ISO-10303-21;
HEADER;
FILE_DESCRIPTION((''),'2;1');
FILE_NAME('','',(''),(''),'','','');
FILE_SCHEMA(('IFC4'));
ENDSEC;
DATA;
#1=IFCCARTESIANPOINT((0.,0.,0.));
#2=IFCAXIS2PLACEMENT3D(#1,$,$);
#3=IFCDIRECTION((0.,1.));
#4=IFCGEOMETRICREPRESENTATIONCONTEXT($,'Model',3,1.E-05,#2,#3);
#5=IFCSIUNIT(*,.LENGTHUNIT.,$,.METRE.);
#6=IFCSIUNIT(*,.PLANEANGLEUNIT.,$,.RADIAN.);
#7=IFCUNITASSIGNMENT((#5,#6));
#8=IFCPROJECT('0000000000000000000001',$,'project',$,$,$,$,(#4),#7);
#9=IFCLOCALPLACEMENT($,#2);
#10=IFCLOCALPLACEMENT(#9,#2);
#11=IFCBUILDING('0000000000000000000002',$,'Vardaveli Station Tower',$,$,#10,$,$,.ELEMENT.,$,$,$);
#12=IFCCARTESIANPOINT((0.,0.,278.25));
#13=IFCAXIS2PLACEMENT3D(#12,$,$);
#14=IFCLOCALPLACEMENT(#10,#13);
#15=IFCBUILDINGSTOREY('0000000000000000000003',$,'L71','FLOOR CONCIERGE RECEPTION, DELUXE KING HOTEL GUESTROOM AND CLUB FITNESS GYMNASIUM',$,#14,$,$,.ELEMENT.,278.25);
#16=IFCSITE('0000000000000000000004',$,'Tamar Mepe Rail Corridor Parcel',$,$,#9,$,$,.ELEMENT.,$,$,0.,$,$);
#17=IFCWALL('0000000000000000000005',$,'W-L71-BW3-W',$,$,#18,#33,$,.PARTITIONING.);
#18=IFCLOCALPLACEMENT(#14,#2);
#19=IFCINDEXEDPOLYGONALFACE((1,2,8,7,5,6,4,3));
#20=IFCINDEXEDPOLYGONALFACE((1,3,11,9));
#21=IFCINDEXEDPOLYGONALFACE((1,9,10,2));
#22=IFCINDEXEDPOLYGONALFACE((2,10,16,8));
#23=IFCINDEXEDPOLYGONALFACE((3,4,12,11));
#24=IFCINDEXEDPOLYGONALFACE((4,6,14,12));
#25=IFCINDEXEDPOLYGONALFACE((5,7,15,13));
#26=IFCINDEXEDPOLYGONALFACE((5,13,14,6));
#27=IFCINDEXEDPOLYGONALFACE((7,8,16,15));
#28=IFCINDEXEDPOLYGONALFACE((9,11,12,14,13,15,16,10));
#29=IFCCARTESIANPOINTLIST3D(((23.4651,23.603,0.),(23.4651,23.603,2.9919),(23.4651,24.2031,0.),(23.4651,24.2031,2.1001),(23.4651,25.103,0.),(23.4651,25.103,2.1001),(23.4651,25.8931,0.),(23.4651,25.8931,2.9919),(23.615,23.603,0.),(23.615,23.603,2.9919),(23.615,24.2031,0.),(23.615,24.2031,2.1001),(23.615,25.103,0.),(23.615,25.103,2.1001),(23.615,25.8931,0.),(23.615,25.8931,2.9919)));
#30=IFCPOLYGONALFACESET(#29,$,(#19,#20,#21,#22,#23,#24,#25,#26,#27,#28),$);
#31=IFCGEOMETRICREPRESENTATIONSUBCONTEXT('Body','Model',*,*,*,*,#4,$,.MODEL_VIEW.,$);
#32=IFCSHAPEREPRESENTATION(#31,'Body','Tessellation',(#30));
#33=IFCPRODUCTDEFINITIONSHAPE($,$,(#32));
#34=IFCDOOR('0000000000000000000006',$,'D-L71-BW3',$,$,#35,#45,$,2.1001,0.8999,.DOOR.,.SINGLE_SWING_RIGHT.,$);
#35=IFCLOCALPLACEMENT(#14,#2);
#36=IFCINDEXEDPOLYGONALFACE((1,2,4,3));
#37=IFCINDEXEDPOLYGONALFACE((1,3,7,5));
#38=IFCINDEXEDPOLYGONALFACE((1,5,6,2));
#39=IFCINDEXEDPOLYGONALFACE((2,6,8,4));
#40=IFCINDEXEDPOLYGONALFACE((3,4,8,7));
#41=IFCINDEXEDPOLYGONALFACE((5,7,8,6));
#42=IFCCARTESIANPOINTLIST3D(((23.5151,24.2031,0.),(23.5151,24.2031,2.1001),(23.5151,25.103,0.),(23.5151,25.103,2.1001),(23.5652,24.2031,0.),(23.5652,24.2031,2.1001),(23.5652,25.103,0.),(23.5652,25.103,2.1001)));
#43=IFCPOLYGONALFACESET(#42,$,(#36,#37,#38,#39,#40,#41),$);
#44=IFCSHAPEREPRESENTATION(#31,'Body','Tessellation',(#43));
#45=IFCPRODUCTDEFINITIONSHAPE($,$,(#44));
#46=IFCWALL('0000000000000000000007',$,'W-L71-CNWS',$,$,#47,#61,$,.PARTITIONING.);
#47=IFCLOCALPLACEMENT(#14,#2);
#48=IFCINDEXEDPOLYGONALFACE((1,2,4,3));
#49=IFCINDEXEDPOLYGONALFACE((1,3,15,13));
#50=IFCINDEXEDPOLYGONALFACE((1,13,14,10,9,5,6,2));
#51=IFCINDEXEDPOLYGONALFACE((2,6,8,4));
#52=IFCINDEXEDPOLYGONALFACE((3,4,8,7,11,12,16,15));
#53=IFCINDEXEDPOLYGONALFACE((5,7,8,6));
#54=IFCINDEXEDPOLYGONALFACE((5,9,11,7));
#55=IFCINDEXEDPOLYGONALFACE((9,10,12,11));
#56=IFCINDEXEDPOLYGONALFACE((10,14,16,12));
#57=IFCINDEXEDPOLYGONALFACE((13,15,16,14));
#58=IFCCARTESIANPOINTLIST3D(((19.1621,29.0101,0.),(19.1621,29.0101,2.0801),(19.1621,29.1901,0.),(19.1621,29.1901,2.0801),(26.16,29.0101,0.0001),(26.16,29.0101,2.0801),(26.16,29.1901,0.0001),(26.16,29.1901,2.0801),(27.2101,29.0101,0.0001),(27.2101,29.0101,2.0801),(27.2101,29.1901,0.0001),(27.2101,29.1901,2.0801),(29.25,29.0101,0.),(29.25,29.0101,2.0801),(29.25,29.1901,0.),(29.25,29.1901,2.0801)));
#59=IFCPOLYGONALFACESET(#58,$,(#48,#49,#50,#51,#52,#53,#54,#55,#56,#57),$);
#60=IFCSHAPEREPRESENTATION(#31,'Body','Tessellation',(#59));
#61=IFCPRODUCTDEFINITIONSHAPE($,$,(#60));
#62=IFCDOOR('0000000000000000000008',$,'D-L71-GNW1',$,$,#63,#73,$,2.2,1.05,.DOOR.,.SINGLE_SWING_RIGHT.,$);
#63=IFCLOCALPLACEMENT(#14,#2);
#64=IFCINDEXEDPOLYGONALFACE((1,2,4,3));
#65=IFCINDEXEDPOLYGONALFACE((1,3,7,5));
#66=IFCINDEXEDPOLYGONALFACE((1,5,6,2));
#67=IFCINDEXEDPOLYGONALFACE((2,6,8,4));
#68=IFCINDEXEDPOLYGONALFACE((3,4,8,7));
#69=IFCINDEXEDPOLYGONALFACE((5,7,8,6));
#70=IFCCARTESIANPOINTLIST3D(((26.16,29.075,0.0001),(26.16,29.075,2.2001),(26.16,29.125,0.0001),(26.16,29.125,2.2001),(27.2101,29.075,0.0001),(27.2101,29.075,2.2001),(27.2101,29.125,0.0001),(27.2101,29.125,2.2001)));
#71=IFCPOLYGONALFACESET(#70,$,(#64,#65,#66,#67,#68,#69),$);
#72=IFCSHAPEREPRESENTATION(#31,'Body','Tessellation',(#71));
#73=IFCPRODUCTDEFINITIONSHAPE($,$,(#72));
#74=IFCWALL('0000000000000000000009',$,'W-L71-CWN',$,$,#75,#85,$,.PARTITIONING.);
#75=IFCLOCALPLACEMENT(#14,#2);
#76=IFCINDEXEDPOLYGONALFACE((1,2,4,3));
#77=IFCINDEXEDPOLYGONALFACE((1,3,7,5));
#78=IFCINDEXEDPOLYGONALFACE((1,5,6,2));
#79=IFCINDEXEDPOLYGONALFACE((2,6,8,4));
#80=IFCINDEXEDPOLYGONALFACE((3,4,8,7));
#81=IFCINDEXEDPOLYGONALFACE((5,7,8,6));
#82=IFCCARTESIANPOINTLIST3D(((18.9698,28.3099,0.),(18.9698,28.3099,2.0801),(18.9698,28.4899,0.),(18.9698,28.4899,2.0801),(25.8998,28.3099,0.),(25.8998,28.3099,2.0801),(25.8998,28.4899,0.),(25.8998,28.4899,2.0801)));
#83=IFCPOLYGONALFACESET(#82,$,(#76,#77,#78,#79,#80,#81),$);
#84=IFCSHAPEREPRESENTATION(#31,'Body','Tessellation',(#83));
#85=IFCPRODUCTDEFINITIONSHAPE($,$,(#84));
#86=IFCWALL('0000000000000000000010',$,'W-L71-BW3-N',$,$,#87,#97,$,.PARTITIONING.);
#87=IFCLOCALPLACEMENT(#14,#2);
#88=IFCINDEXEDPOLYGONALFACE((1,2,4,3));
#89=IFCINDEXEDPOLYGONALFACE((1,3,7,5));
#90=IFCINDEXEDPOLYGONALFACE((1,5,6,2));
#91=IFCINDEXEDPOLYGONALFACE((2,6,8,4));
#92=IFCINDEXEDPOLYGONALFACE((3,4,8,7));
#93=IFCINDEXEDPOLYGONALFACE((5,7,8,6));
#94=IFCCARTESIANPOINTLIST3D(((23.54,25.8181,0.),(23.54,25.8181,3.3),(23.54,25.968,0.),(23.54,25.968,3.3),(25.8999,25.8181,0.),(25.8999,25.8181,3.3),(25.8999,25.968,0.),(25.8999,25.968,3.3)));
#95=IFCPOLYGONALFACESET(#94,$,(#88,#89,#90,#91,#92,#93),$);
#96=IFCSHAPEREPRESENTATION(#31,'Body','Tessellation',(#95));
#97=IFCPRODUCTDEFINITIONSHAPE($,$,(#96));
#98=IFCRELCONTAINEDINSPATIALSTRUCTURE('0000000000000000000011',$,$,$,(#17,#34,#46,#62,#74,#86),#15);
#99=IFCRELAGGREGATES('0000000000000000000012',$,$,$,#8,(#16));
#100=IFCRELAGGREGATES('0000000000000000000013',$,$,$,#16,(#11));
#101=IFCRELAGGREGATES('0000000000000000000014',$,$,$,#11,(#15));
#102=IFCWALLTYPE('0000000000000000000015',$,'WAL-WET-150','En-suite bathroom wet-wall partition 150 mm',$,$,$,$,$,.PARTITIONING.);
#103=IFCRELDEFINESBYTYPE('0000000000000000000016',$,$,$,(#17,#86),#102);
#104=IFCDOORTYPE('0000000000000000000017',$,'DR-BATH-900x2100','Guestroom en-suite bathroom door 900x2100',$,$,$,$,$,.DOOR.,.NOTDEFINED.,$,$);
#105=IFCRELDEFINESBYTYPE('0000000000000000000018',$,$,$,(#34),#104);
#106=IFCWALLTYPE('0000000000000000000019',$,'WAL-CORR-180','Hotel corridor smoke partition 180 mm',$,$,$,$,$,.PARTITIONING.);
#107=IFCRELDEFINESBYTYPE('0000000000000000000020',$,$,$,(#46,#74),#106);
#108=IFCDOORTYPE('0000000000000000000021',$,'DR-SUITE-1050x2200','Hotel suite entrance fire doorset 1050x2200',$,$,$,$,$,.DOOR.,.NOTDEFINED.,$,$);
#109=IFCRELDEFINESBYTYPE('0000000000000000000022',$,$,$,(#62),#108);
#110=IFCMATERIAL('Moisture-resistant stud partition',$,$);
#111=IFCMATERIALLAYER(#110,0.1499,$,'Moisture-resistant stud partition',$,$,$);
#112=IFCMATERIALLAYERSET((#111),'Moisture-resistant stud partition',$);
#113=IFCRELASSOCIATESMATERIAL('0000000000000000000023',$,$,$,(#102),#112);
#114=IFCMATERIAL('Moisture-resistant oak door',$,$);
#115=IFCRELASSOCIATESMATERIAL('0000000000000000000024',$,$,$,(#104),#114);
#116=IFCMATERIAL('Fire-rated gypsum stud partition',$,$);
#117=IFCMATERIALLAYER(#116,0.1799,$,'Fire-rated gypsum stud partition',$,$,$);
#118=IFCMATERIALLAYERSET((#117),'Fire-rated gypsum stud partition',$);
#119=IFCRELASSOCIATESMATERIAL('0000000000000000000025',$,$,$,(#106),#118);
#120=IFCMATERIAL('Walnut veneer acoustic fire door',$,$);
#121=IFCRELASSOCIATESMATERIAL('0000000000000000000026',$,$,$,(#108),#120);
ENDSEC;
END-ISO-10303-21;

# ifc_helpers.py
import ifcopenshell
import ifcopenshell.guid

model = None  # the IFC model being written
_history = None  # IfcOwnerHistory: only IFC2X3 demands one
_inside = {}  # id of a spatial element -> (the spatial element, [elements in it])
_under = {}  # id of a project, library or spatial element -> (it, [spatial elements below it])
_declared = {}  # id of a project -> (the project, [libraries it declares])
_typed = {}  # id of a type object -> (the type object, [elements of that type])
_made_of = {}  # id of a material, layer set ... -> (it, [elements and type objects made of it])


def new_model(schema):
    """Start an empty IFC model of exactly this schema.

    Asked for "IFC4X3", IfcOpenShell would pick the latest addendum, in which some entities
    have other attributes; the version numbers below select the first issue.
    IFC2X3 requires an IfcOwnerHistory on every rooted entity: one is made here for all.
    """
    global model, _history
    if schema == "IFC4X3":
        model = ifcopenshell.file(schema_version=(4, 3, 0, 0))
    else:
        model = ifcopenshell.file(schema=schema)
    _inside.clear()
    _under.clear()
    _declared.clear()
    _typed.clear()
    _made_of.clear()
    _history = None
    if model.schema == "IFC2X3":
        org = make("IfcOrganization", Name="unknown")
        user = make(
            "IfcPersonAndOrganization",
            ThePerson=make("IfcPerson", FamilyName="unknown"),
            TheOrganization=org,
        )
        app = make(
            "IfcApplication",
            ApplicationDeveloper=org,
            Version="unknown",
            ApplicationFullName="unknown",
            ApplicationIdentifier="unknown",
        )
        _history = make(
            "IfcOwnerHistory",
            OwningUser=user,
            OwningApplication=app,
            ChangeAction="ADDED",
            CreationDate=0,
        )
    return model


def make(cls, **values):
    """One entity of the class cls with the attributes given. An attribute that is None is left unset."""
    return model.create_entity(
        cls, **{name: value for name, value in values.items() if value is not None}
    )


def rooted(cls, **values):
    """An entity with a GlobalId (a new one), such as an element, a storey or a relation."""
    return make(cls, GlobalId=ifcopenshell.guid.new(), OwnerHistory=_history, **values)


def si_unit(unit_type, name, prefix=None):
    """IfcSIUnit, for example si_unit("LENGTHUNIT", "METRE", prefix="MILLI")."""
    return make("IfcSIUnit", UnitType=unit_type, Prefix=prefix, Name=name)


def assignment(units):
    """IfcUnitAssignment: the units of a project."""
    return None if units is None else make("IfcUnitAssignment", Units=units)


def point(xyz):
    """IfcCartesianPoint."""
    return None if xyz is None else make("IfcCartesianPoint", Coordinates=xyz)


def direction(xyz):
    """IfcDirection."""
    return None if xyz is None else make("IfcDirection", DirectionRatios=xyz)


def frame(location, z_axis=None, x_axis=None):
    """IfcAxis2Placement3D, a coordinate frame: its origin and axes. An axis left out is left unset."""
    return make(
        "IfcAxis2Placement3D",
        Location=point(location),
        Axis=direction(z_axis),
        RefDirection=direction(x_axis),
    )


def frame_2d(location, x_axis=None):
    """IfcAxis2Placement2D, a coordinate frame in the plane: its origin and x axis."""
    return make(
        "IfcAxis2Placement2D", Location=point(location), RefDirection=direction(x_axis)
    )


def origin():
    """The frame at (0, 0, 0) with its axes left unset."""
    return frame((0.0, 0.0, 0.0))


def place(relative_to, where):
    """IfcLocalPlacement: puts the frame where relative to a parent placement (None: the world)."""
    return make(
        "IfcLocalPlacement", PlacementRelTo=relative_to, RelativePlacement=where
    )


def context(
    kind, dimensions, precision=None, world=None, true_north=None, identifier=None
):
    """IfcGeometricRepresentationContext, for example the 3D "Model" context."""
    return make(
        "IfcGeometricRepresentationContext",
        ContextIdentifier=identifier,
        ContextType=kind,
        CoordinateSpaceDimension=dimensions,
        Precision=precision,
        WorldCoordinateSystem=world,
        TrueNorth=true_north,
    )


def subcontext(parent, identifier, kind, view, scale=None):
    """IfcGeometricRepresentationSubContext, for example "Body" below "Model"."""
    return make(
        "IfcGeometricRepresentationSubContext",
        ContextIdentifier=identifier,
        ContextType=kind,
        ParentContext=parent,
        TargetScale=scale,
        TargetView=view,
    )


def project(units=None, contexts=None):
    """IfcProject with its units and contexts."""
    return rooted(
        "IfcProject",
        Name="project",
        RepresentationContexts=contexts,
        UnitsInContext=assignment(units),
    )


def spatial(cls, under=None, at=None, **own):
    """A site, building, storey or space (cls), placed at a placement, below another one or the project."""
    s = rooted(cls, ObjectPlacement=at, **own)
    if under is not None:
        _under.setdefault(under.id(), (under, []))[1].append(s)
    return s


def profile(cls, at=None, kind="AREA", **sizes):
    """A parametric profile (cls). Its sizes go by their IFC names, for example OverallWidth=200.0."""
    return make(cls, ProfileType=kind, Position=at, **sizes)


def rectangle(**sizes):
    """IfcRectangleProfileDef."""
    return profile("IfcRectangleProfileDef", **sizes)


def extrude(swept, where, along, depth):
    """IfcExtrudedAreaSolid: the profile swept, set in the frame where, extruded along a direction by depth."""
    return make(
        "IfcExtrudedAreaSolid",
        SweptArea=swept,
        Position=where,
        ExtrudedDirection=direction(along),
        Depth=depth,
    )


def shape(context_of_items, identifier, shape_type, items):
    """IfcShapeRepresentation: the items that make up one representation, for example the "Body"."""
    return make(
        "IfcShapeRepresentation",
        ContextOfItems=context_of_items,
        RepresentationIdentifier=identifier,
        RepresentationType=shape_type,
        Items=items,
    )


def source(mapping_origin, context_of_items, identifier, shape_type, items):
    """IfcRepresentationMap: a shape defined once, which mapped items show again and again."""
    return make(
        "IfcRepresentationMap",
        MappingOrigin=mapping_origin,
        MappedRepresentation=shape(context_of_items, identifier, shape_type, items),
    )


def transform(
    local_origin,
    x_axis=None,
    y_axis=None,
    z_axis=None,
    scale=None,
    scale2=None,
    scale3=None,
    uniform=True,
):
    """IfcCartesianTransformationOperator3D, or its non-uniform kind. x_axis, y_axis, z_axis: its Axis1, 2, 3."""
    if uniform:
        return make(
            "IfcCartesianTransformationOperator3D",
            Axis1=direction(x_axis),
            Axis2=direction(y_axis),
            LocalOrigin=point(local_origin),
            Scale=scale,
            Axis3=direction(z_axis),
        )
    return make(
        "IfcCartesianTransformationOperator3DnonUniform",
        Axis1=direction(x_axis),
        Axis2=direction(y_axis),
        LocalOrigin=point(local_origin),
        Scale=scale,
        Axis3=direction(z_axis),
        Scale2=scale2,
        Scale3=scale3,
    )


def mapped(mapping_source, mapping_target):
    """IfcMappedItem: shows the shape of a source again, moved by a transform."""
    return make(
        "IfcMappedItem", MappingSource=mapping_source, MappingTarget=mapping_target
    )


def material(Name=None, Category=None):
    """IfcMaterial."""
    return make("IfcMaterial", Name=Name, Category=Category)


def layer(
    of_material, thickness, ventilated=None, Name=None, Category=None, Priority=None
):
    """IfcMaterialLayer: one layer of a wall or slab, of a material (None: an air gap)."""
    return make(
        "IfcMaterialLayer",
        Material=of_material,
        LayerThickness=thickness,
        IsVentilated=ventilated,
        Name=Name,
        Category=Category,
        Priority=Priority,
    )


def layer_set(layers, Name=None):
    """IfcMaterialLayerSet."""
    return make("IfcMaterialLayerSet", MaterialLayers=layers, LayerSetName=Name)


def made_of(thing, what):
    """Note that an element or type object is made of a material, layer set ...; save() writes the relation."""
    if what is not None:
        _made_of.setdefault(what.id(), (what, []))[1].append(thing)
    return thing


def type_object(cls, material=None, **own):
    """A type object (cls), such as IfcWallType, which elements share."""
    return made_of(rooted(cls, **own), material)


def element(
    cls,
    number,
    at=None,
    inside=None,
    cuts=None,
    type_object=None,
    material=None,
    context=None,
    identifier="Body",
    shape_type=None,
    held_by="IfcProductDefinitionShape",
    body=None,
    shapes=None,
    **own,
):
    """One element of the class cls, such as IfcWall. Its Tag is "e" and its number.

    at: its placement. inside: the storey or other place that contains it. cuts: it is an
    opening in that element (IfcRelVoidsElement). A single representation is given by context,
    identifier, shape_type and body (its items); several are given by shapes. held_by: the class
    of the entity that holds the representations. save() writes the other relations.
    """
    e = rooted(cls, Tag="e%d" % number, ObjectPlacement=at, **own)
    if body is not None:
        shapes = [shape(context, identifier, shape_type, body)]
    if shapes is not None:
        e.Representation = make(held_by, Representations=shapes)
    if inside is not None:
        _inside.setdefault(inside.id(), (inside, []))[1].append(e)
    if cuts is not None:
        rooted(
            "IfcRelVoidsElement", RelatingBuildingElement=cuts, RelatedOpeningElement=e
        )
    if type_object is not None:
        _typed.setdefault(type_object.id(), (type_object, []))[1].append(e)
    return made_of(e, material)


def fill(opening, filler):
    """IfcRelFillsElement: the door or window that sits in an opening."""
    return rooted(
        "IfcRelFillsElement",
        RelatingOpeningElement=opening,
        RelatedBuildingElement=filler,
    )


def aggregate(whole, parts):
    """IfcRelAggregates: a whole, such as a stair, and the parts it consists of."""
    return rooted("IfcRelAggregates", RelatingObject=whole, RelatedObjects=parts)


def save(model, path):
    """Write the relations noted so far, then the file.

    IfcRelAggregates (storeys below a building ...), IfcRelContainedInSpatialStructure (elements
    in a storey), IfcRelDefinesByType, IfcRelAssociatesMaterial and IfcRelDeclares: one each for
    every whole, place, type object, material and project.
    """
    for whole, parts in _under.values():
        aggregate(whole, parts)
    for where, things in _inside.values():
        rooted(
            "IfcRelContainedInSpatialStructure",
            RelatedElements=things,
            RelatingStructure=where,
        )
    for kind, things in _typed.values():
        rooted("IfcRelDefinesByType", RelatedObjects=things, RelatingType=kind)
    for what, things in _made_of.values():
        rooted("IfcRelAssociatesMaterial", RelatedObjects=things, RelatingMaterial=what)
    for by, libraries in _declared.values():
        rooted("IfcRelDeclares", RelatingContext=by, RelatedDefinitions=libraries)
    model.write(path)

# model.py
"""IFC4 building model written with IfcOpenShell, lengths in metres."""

from ifc_helpers import new_model, si_unit, direction, frame, frame_2d, origin, place, context, subcontext, project, spatial, rectangle, extrude, source, transform, mapped, material, layer, layer_set, type_object, element, fill, save


model = new_model("IFC4")

# Units and contexts
model_context = context("Model", 3, precision=1e-05, world=origin(), true_north=direction((0.0, 1.0)))
body_context = subcontext(model_context, "Body", "Model", "MODEL_VIEW")
ifc_project = project(units=[si_unit("LENGTHUNIT", "METRE"), si_unit("PLANEANGLEUNIT", "RADIAN")], contexts=[model_context])

# Site, building, storey
site_placement = place(None, origin())
site = spatial("IfcSite", under=ifc_project, at=site_placement, Name="Tamar Mepe Rail Corridor Parcel", CompositionType="ELEMENT", RefElevation=0.0)
building_placement = place(site_placement, origin())
building = spatial("IfcBuilding", under=site, at=building_placement, Name="Vardaveli Station Tower", CompositionType="ELEMENT")
storey_placement = place(building_placement, frame((0.0, 0.0, 278.25)))
storey = spatial("IfcBuildingStorey", under=building, at=storey_placement, Name="L71", Description="FLOOR CONCIERGE RECEPTION, DELUXE KING HOTEL GUESTROOM AND CLUB FITNESS GYMNASIUM", CompositionType="ELEMENT", Elevation=278.25)

# Walls, openings, doors
ifc_material_1 = material(Name="Moisture-resistant stud partition")
ifc_layer_1 = layer(ifc_material_1, 0.1499, Name="Moisture-resistant stud partition")
ifc_layer_set_1 = layer_set([ifc_layer_1], Name="Moisture-resistant stud partition")
wall_type_1 = type_object("IfcWallType", Name="WAL-WET-150", Description="En-suite bathroom wet-wall partition 150 mm", PredefinedType="PARTITIONING", material=ifc_layer_set_1)
shared_shape_1 = source(origin(), body_context, "Body", "SweptSolid", [
    extrude(rectangle(XDim=2.29, YDim=0.1499, at=frame_2d((1.145, 0.0))), origin(), (0.0, 0.0, 1.0), 2.9919),
])
wall_1_placement = place(storey_placement, frame((23.54, 23.603, 0.0), z_axis=(0.0, 0.0, 1.0), x_axis=(0.0, 1.0, 0.0)))
wall_1 = element("IfcWall", 1, at=wall_1_placement, inside=storey, type_object=wall_type_1, Name="W-L71-BW3-W", PredefinedType="PARTITIONING", context=body_context, shape_type="MappedRepresentation", body=[
    mapped(shared_shape_1, transform((0.0, 0.0, 0.0), scale=1.0)),
])
shared_shape_2 = source(origin(), body_context, "Body", "SweptSolid", [
    extrude(rectangle(XDim=0.8999, YDim=2.1001, at=frame_2d((0.45, 1.05))), frame((0.0, 0.085, 0.0), z_axis=(0.0, -1.0, 0.0), x_axis=(1.0, 0.0, 0.0)), (0.0, 0.0, 1.0), 0.1699),
])
opening_1_placement = place(wall_1_placement, frame((0.6001, 0.0, 0.0)))
opening_1 = element("IfcOpeningElement", 2, at=opening_1_placement, cuts=wall_1, PredefinedType="OPENING", context=body_context, shape_type="MappedRepresentation", body=[
    mapped(shared_shape_2, transform((0.0, 0.0, 0.0), scale=1.0)),
])
ifc_material_2 = material(Name="Moisture-resistant oak door")
door_type_1 = type_object("IfcDoorType", Name="DR-BATH-900x2100", Description="Guestroom en-suite bathroom door 900x2100", OperationType="NOTDEFINED", PredefinedType="DOOR", material=ifc_material_2)
shared_shape_3 = source(origin(), body_context, "Body", "SweptSolid", [
    extrude(rectangle(XDim=0.8999, YDim=2.1001, at=frame_2d((0.45, 1.05))), frame((0.0, 0.0249, 0.0), z_axis=(0.0, -1.0, 0.0), x_axis=(1.0, 0.0, 0.0)), (0.0, 0.0, 1.0), 0.05),
])
door_1_placement = place(opening_1_placement, origin())
door_1 = element("IfcDoor", 3, at=door_1_placement, inside=storey, type_object=door_type_1, Name="D-L71-BW3", OperationType="SINGLE_SWING_RIGHT", OverallHeight=2.1001, OverallWidth=0.8999, PredefinedType="DOOR", context=body_context, shape_type="MappedRepresentation", body=[
    mapped(shared_shape_3, transform((0.0, 0.0, 0.0), scale=1.0)),
])
fill(opening_1, door_1)
ifc_material_3 = material(Name="Fire-rated gypsum stud partition")
ifc_layer_2 = layer(ifc_material_3, 0.1799, Name="Fire-rated gypsum stud partition")
ifc_layer_set_2 = layer_set([ifc_layer_2], Name="Fire-rated gypsum stud partition")
wall_type_2 = type_object("IfcWallType", Name="WAL-CORR-180", Description="Hotel corridor smoke partition 180 mm", PredefinedType="PARTITIONING", material=ifc_layer_set_2)
shared_shape_4 = source(origin(), body_context, "Body", "SweptSolid", [
    extrude(rectangle(XDim=10.0879, YDim=0.1799, at=frame_2d((5.0439, 0.0))), origin(), (0.0, 0.0, 1.0), 2.0801),
])
wall_2_placement = place(storey_placement, frame((19.1621, 29.1001, 0.0), z_axis=(0.0, 0.0, 1.0), x_axis=(1.0, 0.0, 0.0)))
wall_2 = element("IfcWall", 4, at=wall_2_placement, inside=storey, type_object=wall_type_2, Name="W-L71-CNWS", PredefinedType="PARTITIONING", context=body_context, shape_type="MappedRepresentation", body=[
    mapped(shared_shape_4, transform((0.0, 0.0, 0.0), scale=1.0)),
])
shared_shape_5 = source(origin(), body_context, "Body", "SweptSolid", [
    extrude(rectangle(XDim=1.05, YDim=2.2, at=frame_2d((0.5249, 1.1001))), frame((0.0, 0.1001, 0.0), z_axis=(0.0, -1.0, 0.0), x_axis=(1.0, 0.0, 0.0)), (0.0, 0.0, 1.0), 0.2),
])
opening_2_placement = place(wall_2_placement, frame((6.998, 0.0, 0.0)))
opening_2 = element("IfcOpeningElement", 5, at=opening_2_placement, cuts=wall_2, PredefinedType="OPENING", context=body_context, shape_type="MappedRepresentation", body=[
    mapped(shared_shape_5, transform((0.0, 0.0, 0.0), scale=1.0)),
])
ifc_material_4 = material(Name="Walnut veneer acoustic fire door")
door_type_2 = type_object("IfcDoorType", Name="DR-SUITE-1050x2200", Description="Hotel suite entrance fire doorset 1050x2200", OperationType="NOTDEFINED", PredefinedType="DOOR", material=ifc_material_4)
shared_shape_6 = source(origin(), body_context, "Body", "SweptSolid", [
    extrude(rectangle(XDim=1.05, YDim=2.2, at=frame_2d((0.5249, 1.1001))), frame((0.0, 0.0249, 0.0), z_axis=(0.0, -1.0, 0.0), x_axis=(1.0, 0.0, 0.0)), (0.0, 0.0, 1.0), 0.05),
])
door_2_placement = place(opening_2_placement, origin())
door_2 = element("IfcDoor", 6, at=door_2_placement, inside=storey, type_object=door_type_2, Name="D-L71-GNW1", OperationType="SINGLE_SWING_RIGHT", OverallHeight=2.2, OverallWidth=1.05, PredefinedType="DOOR", context=body_context, shape_type="MappedRepresentation", body=[
    mapped(shared_shape_6, transform((0.0, 0.0, 0.0), scale=1.0)),
])
fill(opening_2, door_2)

# Walls
shared_shape_7 = source(origin(), body_context, "Body", "SweptSolid", [
    extrude(rectangle(XDim=6.9299, YDim=0.1799, at=frame_2d((3.4648, 0.0))), origin(), (0.0, 0.0, 1.0), 2.0801),
])
wall_3_placement = place(storey_placement, frame((18.97, 28.3999, 0.0), z_axis=(0.0, 0.0, 1.0), x_axis=(1.0, 0.0, 0.0)))
element("IfcWall", 7, at=wall_3_placement, inside=storey, type_object=wall_type_2, Name="W-L71-CWN", PredefinedType="PARTITIONING", context=body_context, shape_type="MappedRepresentation", body=[
    mapped(shared_shape_7, transform((0.0, 0.0, 0.0), scale=1.0)),
])
shared_shape_8 = source(origin(), body_context, "Body", "SweptSolid", [
    extrude(rectangle(XDim=2.3599, YDim=0.1499, at=frame_2d((1.1799, 0.0))), origin(), (0.0, 0.0, 1.0), 3.3),
])
wall_4_placement = place(storey_placement, frame((23.54, 25.8931, 0.0), z_axis=(0.0, 0.0, 1.0), x_axis=(1.0, 0.0, 0.0)))
element("IfcWall", 8, at=wall_4_placement, inside=storey, type_object=wall_type_1, Name="W-L71-BW3-N", PredefinedType="PARTITIONING", context=body_context, shape_type="MappedRepresentation", body=[
    mapped(shared_shape_8, transform((0.0, 0.0, 0.0), scale=1.0)),
])

save(model, "model.ifc")
